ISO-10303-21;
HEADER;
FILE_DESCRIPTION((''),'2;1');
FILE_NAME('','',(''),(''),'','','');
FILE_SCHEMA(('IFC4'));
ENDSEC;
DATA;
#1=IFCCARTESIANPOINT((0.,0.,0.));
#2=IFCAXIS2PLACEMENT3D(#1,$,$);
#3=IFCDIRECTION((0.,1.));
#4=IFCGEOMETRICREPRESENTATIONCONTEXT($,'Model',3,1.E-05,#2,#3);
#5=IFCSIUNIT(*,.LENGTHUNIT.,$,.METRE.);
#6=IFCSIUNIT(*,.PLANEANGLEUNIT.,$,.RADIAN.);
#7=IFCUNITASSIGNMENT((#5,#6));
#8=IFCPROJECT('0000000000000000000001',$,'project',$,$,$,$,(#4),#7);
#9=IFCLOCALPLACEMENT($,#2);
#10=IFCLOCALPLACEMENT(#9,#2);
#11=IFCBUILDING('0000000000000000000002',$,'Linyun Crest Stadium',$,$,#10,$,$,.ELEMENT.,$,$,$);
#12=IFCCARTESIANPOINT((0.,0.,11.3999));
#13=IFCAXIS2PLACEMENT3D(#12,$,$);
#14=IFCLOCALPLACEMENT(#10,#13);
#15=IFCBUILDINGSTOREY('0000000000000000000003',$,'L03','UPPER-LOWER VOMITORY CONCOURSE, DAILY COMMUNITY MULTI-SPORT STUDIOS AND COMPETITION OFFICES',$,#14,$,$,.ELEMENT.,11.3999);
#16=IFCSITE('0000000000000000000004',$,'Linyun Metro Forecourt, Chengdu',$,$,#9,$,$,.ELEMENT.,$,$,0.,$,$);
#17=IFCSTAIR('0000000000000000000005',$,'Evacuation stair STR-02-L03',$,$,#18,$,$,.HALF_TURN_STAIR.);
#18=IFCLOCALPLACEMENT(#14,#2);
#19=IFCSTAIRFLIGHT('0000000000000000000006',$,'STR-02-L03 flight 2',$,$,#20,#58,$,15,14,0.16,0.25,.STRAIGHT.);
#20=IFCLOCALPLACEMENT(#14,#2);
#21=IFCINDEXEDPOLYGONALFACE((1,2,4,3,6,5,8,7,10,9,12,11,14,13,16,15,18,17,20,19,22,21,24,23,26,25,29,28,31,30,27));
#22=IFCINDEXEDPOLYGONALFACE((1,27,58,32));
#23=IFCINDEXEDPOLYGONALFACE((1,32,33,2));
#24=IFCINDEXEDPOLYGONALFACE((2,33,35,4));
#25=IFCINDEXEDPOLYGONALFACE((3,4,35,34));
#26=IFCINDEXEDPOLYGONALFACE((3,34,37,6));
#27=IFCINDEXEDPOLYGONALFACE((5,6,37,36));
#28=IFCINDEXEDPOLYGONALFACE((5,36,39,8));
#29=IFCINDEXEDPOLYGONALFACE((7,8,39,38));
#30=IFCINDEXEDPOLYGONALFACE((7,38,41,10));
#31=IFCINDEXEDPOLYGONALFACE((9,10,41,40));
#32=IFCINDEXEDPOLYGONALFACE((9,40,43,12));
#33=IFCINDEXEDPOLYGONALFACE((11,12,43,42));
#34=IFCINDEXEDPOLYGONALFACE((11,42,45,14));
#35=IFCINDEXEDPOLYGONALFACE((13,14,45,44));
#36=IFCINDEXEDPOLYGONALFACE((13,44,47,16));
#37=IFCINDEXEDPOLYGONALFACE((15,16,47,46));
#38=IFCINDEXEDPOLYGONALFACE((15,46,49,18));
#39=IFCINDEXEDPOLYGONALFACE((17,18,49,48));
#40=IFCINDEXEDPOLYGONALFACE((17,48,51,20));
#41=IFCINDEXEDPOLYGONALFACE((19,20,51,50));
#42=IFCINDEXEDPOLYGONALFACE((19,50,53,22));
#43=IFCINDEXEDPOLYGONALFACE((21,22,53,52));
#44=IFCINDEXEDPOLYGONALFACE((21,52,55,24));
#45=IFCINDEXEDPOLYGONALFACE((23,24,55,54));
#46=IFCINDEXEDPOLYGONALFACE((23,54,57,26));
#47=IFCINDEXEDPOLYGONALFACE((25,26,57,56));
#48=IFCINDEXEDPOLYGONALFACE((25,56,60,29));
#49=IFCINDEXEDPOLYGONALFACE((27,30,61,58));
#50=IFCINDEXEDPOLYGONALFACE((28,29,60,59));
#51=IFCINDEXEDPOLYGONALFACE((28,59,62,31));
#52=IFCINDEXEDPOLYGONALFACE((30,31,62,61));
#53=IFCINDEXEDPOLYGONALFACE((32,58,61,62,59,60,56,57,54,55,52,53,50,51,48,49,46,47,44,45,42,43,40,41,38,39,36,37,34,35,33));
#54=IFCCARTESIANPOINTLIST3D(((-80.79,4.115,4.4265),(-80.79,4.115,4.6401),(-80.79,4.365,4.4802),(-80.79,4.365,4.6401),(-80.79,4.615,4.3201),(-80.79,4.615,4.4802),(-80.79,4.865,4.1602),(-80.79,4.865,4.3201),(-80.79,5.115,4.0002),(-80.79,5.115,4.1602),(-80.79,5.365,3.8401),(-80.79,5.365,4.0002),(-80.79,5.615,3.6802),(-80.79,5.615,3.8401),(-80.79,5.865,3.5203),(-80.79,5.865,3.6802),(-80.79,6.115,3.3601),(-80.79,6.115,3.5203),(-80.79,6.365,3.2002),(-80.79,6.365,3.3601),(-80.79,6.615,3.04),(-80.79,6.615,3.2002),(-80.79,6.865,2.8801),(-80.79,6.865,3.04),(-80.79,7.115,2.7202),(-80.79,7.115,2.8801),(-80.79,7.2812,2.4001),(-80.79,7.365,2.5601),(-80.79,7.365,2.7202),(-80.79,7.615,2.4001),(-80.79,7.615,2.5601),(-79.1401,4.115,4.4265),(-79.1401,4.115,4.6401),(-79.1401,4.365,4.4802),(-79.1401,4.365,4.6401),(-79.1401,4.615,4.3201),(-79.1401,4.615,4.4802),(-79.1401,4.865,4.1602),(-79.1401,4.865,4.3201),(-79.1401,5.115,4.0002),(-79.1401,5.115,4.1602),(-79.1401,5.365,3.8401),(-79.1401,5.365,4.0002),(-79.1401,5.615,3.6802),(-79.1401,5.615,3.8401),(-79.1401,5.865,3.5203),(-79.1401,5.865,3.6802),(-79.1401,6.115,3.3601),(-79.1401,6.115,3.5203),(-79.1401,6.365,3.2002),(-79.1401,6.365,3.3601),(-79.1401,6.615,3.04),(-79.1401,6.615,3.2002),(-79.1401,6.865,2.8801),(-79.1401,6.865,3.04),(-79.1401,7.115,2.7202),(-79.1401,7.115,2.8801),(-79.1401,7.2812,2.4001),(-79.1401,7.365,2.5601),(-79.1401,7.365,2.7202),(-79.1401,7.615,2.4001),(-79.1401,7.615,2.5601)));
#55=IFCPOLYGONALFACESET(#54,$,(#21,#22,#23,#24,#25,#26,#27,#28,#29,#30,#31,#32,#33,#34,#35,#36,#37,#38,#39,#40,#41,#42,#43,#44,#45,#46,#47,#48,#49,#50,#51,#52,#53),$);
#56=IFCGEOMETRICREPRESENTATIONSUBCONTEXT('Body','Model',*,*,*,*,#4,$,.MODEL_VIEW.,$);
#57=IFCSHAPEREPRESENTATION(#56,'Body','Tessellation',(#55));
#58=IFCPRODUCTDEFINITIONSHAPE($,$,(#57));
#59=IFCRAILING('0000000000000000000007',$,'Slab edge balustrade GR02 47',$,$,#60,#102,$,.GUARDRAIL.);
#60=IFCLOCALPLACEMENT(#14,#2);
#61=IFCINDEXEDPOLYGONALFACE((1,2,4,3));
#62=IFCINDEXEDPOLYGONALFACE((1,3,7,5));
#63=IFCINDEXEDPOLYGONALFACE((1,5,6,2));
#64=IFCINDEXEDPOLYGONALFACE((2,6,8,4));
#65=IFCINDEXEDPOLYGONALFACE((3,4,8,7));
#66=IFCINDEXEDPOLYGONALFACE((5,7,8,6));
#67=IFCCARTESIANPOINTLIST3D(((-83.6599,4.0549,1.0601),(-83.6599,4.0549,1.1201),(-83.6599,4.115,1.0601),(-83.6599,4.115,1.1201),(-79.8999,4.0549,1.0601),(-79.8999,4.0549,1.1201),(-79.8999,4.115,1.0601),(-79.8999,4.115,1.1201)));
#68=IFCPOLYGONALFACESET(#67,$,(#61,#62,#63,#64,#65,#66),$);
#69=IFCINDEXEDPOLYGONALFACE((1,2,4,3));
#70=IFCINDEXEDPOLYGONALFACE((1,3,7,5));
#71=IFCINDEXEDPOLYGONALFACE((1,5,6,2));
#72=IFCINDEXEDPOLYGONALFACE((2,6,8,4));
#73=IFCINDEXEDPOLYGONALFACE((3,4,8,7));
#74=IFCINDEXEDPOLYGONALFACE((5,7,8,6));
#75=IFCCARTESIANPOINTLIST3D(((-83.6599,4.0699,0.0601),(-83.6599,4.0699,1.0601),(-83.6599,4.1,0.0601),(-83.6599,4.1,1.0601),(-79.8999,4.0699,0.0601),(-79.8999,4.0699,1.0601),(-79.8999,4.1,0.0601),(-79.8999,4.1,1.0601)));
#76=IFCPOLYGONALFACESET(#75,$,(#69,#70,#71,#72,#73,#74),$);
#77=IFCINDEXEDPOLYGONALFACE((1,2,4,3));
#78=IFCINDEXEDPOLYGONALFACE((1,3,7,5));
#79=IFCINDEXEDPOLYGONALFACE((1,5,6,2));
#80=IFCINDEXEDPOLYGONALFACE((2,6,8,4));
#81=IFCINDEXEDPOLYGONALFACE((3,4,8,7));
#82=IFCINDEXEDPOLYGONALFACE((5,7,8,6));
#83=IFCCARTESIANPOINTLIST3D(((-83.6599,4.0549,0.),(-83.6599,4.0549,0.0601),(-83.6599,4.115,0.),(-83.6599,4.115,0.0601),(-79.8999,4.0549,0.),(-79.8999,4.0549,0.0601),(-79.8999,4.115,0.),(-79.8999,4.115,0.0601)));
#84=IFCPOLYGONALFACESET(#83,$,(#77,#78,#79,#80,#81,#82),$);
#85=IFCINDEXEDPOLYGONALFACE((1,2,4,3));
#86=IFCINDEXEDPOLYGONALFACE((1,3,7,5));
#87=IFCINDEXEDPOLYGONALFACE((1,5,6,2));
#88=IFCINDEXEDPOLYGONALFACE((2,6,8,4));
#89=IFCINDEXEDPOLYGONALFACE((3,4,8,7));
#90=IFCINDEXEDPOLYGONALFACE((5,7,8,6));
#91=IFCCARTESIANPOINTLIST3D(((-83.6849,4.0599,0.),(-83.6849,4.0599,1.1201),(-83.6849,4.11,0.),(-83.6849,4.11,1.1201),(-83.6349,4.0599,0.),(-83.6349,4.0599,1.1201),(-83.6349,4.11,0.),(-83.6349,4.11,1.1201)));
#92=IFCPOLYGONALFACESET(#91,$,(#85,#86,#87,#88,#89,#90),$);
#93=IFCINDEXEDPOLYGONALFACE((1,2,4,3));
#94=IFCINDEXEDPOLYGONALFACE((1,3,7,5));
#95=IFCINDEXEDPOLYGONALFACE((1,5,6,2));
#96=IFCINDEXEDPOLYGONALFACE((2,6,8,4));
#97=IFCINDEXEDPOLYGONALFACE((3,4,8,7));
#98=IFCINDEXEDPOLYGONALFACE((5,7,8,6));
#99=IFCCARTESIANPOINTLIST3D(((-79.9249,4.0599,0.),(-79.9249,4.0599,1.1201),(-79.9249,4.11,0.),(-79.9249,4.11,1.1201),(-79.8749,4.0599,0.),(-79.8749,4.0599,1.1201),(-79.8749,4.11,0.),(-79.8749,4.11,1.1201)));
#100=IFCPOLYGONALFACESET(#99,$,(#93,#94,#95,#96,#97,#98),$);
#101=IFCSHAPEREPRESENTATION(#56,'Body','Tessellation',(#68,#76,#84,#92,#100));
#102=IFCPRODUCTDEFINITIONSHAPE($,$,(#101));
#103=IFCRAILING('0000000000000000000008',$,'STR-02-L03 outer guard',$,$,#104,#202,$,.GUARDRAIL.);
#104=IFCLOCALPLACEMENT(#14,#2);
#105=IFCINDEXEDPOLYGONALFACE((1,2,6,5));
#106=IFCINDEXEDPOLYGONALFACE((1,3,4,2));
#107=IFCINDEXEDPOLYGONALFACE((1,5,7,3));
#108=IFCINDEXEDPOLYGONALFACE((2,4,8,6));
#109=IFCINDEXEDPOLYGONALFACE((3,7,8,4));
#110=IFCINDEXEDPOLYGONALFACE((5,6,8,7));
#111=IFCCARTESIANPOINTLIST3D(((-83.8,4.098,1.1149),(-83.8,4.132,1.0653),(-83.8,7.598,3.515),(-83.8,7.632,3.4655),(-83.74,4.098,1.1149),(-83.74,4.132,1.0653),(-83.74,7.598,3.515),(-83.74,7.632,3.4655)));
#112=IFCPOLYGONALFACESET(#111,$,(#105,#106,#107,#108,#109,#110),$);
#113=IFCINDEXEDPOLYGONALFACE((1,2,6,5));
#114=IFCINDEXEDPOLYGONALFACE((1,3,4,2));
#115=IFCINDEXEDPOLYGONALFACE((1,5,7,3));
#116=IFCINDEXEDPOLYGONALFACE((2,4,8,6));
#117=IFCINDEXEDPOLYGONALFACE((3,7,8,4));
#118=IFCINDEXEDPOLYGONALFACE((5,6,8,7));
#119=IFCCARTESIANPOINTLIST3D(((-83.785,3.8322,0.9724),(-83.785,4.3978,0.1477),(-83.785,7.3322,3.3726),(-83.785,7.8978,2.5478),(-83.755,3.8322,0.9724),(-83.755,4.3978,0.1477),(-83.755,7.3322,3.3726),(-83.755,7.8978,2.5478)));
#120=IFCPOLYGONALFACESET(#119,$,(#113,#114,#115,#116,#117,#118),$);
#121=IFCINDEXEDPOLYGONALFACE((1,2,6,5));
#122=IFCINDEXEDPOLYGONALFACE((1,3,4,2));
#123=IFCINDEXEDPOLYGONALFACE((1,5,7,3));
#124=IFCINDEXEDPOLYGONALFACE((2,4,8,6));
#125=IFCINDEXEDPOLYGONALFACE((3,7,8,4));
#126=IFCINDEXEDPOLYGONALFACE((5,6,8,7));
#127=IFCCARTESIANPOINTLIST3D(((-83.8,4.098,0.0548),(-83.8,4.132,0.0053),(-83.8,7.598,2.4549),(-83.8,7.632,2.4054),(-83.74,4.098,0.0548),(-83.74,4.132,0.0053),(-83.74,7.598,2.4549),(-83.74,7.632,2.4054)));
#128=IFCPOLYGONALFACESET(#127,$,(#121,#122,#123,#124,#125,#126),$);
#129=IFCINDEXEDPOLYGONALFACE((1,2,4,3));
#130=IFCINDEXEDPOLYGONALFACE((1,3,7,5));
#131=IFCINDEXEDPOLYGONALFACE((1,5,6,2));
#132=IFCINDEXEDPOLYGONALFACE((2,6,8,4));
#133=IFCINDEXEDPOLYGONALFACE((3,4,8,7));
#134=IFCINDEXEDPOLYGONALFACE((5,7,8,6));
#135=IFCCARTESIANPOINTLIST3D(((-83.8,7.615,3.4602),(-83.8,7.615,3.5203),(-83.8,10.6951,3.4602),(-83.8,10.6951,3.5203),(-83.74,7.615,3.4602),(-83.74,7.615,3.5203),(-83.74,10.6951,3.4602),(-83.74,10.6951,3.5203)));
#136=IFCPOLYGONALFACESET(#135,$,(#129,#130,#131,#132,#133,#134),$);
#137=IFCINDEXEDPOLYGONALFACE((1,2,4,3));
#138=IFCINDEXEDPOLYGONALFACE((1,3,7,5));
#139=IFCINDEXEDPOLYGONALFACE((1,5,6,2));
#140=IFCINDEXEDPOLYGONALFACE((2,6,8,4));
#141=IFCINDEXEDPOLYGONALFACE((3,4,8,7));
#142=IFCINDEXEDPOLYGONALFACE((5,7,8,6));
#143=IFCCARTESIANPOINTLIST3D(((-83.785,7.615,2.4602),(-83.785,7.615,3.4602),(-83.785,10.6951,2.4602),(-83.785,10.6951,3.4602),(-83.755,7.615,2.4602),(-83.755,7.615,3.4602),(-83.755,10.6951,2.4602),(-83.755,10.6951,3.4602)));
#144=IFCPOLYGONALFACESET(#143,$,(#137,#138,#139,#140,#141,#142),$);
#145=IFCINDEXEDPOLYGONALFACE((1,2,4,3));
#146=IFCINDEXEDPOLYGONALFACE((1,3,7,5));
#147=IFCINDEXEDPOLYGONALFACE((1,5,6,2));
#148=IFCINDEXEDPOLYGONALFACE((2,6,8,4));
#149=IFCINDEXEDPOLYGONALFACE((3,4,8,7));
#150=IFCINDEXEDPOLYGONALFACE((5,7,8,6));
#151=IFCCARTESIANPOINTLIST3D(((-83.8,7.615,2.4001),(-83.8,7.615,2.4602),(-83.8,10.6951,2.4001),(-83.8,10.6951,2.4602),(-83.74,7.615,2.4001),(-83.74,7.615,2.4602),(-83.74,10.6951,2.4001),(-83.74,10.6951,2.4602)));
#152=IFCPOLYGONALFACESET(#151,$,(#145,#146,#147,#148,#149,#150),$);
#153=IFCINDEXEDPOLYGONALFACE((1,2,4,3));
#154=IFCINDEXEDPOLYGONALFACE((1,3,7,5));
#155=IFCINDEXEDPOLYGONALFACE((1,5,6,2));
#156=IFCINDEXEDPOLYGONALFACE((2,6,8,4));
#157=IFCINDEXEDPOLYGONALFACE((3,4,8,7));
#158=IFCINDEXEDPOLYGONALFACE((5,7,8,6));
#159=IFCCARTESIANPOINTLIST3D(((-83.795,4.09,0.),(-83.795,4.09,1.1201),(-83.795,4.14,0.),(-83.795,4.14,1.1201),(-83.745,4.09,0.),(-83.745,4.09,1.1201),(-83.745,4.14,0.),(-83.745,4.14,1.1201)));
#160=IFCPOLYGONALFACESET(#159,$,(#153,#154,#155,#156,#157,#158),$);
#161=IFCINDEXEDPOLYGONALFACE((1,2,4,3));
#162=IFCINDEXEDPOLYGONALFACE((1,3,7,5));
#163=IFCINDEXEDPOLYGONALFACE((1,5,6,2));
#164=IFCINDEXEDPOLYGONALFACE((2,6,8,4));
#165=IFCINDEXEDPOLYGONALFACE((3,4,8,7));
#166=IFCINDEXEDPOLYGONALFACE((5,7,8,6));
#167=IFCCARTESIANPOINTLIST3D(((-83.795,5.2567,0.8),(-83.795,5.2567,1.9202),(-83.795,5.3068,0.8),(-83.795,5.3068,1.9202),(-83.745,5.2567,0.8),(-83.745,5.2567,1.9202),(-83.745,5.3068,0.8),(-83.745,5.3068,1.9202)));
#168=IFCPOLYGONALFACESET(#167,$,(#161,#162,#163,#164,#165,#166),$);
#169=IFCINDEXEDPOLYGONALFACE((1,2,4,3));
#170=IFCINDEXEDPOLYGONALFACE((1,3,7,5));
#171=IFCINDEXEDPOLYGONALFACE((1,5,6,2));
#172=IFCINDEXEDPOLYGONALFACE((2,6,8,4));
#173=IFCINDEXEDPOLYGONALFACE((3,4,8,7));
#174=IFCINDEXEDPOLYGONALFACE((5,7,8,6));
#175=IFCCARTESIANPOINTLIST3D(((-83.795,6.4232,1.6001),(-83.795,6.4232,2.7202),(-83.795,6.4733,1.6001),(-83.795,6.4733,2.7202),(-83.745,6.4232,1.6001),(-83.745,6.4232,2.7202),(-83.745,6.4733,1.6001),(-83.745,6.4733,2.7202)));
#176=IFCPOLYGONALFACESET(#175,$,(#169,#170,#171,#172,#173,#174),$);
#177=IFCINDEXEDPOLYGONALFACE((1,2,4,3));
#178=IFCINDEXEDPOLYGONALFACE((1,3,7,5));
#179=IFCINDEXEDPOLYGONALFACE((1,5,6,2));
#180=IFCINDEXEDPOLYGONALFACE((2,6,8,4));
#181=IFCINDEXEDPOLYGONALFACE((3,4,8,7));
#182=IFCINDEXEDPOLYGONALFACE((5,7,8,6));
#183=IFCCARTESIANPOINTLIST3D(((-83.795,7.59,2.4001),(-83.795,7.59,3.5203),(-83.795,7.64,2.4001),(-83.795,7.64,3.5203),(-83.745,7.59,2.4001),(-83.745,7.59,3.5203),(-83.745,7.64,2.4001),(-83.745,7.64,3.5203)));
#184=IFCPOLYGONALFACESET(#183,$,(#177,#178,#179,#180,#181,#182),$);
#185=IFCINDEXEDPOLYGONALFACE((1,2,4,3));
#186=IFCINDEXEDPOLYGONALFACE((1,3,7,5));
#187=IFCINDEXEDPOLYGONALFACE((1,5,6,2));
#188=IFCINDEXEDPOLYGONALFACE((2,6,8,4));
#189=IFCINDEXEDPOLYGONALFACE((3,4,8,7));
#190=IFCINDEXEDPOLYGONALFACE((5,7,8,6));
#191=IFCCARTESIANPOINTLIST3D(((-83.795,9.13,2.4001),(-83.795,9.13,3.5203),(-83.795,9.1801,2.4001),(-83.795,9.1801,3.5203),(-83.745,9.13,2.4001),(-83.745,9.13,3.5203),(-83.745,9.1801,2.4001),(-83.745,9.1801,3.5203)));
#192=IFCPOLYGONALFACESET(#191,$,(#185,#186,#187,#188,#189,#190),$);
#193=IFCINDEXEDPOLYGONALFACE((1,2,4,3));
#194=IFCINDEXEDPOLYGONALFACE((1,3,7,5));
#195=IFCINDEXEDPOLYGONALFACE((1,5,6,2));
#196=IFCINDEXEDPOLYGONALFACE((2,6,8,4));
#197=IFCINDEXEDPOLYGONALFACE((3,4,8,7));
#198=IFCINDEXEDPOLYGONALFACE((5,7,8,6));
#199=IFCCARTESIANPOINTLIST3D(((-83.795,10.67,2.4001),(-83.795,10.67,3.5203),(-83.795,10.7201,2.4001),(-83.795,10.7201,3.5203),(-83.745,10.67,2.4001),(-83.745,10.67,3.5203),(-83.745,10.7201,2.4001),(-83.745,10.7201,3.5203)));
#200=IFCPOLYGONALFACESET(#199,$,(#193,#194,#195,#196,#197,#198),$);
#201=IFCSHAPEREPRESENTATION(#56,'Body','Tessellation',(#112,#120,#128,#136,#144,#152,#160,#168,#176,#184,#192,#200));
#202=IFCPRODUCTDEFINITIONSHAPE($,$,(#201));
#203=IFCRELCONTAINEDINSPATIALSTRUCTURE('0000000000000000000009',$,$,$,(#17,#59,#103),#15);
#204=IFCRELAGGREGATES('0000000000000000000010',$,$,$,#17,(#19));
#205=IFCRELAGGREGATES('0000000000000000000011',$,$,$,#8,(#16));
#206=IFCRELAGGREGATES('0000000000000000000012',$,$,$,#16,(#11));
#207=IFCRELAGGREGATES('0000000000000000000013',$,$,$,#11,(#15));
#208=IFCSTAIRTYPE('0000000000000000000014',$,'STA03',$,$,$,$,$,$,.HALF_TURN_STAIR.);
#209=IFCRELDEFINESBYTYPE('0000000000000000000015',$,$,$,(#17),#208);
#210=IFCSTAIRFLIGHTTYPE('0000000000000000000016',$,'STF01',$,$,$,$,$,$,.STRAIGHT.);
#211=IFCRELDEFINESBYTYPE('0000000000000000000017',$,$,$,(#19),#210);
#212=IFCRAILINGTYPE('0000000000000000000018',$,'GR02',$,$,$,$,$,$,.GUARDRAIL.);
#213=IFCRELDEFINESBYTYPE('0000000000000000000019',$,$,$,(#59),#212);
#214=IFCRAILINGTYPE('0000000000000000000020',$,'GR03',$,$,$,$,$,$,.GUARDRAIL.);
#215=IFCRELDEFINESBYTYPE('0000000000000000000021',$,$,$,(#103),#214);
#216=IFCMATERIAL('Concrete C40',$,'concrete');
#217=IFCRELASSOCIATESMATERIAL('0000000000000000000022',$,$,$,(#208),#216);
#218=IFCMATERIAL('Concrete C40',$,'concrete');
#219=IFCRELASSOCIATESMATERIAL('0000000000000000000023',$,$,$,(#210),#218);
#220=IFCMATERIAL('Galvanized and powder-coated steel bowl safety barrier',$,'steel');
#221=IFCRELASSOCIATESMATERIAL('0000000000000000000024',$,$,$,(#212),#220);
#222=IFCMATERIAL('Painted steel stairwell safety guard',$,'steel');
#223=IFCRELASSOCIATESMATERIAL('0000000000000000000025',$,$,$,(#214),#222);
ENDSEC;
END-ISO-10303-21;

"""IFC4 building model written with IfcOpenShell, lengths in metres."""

from ifc_helpers import new_model, si_unit, direction, frame, origin, origin_2d, place, context, subcontext, project, spatial, polyline, rectangle, outline, extrude, material, type_object, element, aggregate, save


model = new_model("IFC4")

# Units and contexts
model_context = context("Model", 3, precision=1e-05, world=origin(), true_north=direction((0.0, 1.0)))
body_context = subcontext(model_context, "Body", "Model", "MODEL_VIEW")
ifc_project = project(units=[si_unit("LENGTHUNIT", "METRE"), si_unit("PLANEANGLEUNIT", "RADIAN")], contexts=[model_context])

# Site, building, storey
site_placement = place(None, origin())
site = spatial("IfcSite", under=ifc_project, at=site_placement, Name="Linyun Metro Forecourt, Chengdu", CompositionType="ELEMENT", RefElevation=0.0)
building_placement = place(site_placement, origin())
building = spatial("IfcBuilding", under=site, at=building_placement, Name="Linyun Crest Stadium", CompositionType="ELEMENT")
storey_placement = place(building_placement, frame((0.0, 0.0, 11.3999)))
storey = spatial("IfcBuildingStorey", under=building, at=storey_placement, Name="L03", Description="UPPER-LOWER VOMITORY CONCOURSE, DAILY COMMUNITY MULTI-SPORT STUDIOS AND COMPETITION OFFICES", CompositionType="ELEMENT", Elevation=11.3999)

# Stair, stair flight
ifc_material_1 = material(Name="Concrete C40", Category="concrete")
stair_type = type_object("IfcStairType", Name="STA03", PredefinedType="HALF_TURN_STAIR", material=ifc_material_1)
stair_placement = place(storey_placement, origin())
stair = element("IfcStair", 1, at=stair_placement, inside=storey, type_object=stair_type, Name="Evacuation stair STR-02-L03", PredefinedType="HALF_TURN_STAIR")
ifc_material_2 = material(Name="Concrete C40", Category="concrete")
stair_flight_type = type_object("IfcStairFlightType", Name="STF01", PredefinedType="STRAIGHT", material=ifc_material_2)
stair_flight_1_placement = place(storey_placement, frame((-79.9651, 7.615, 2.4001), z_axis=(0.0, 0.0, 1.0), x_axis=(0.0, -1.0, 0.0)))
stair_flight_1 = element("IfcStairFlight", 2, at=stair_flight_1_placement, type_object=stair_flight_type, Name="STR-02-L03 flight 2", NumberOfRisers=15, NumberOfTreads=14, PredefinedType="STRAIGHT", RiserHeight=0.16, TreadLength=0.25, context=body_context, shape_type="SweptSolid", body=[
    extrude(outline(polyline([(0.0, 0.0), (0.0, 0.1599), (0.25, 0.1599), (0.25, 0.3201), (0.5, 0.3201), (0.5, 0.48), (0.75, 0.48), (0.75, 0.6399), (1.0, 0.6399), (1.0, 0.8), (1.25, 0.8), (1.25, 0.96), (1.5, 0.96), (1.5, 1.1201), (1.75, 1.1201), (1.75, 1.28), (2.0, 1.28), (2.0, 1.4399), (2.25, 1.4399), (2.25, 1.6001), (2.5, 1.6001), (2.5, 1.76), (2.75, 1.76), (2.75, 1.9199), (3.0, 1.9199), (3.0, 2.0801), (3.25, 2.0801), (3.25, 2.24), (3.5, 2.24), (3.5, 2.3999), (3.5, 2.0264), (0.3337, 0.0), (0.0, 0.0)])), frame((0.0, 0.825, 0.0), z_axis=(0.0, -1.0, 0.0), x_axis=(1.0, 0.0, 0.0)), (0.0, 0.0, 1.0), 1.6499),
])
aggregate(stair, [stair_flight_1])

# Railings
ifc_material_3 = material(Name="Galvanized and powder-coated steel bowl safety barrier", Category="steel")
railing_type_1 = type_object("IfcRailingType", Name="GR02", PredefinedType="GUARDRAIL", material=ifc_material_3)
railing_1_placement = place(storey_placement, frame((-83.6599, 4.085, 0.0)))
element("IfcRailing", 3, at=railing_1_placement, inside=storey, type_object=railing_type_1, Name="Slab edge balustrade GR02 47", PredefinedType="GUARDRAIL", context=body_context, shape_type="SweptSolid", body=[
    extrude(rectangle(XDim=0.0601, YDim=0.0601, at=origin_2d()), frame((0.0, 0.0, 1.0901), z_axis=(1.0, 0.0, 0.0), x_axis=(0.0, 1.0, 0.0)), (0.0, 0.0, 1.0), 3.76),
    extrude(rectangle(XDim=0.03, YDim=1.0, at=origin_2d()), frame((0.0, 0.0, 0.5601), z_axis=(1.0, 0.0, 0.0), x_axis=(0.0, 1.0, 0.0)), (0.0, 0.0, 1.0), 3.76),
    extrude(rectangle(XDim=0.0601, YDim=0.0601, at=origin_2d()), frame((0.0, 0.0, 0.03), z_axis=(1.0, 0.0, 0.0), x_axis=(0.0, 1.0, 0.0)), (0.0, 0.0, 1.0), 3.76),
    extrude(rectangle(XDim=0.05, YDim=0.05, at=origin_2d()), origin(), (0.0, 0.0, 1.0), 1.1201),
    extrude(rectangle(XDim=0.05, YDim=0.05, at=origin_2d()), frame((3.76, 0.0, 0.0)), (0.0, 0.0, 1.0), 1.1201),
])
ifc_material_4 = material(Name="Painted steel stairwell safety guard", Category="steel")
railing_type_2 = type_object("IfcRailingType", Name="GR03", PredefinedType="GUARDRAIL", material=ifc_material_4)
railing_2_placement = place(storey_placement, frame((-83.77, 4.115, 0.0)))
element("IfcRailing", 4, at=railing_2_placement, inside=storey, type_object=railing_type_2, Name="STR-02-L03 outer guard", PredefinedType="GUARDRAIL", context=body_context, shape_type="SweptSolid", body=[
    extrude(rectangle(XDim=0.0601, YDim=0.0601, at=origin_2d()), frame((0.0, 0.0, 1.0901), z_axis=(0.0, 0.824713, 0.565552), x_axis=(-1.0, 0.0, 0.0)), (0.0, 0.0, 1.0), 4.2439),
    extrude(rectangle(XDim=0.03, YDim=1.0, at=origin_2d()), frame((0.0, 0.0, 0.5601), z_axis=(0.0, 0.824713, 0.565552), x_axis=(-1.0, 0.0, 0.0)), (0.0, 0.0, 1.0), 4.2439),
    extrude(rectangle(XDim=0.0601, YDim=0.0601, at=origin_2d()), frame((0.0, 0.0, 0.03), z_axis=(0.0, 0.824713, 0.565552), x_axis=(-1.0, 0.0, 0.0)), (0.0, 0.0, 1.0), 4.2439),
    extrude(rectangle(XDim=0.0601, YDim=0.0601, at=origin_2d()), frame((0.0, 3.5, 3.4902), z_axis=(0.0, 1.0, 0.0), x_axis=(-1.0, 0.0, 0.0)), (0.0, 0.0, 1.0), 3.0801),
    extrude(rectangle(XDim=0.03, YDim=1.0, at=origin_2d()), frame((0.0, 3.5, 2.9602), z_axis=(0.0, 1.0, 0.0), x_axis=(-1.0, 0.0, 0.0)), (0.0, 0.0, 1.0), 3.0801),
    extrude(rectangle(XDim=0.0601, YDim=0.0601, at=origin_2d()), frame((0.0, 3.5, 2.4302), z_axis=(0.0, 1.0, 0.0), x_axis=(-1.0, 0.0, 0.0)), (0.0, 0.0, 1.0), 3.0801),
    extrude(rectangle(XDim=0.05, YDim=0.05, at=origin_2d()), origin(), (0.0, 0.0, 1.0), 1.1201),
    extrude(rectangle(XDim=0.05, YDim=0.05, at=origin_2d()), frame((0.0, 1.1667, 0.8)), (0.0, 0.0, 1.0), 1.1201),
    extrude(rectangle(XDim=0.05, YDim=0.05, at=origin_2d()), frame((0.0, 2.3333, 1.6001)), (0.0, 0.0, 1.0), 1.1201),
    extrude(rectangle(XDim=0.05, YDim=0.05, at=origin_2d()), frame((0.0, 3.5, 2.4001)), (0.0, 0.0, 1.0), 1.1201),
    extrude(rectangle(XDim=0.05, YDim=0.05, at=origin_2d()), frame((0.0, 5.04, 2.4001)), (0.0, 0.0, 1.0), 1.1201),
    extrude(rectangle(XDim=0.05, YDim=0.05, at=origin_2d()), frame((0.0, 6.5801, 2.4001)), (0.0, 0.0, 1.0), 1.1201),
])

save(model, "model.ifc")
